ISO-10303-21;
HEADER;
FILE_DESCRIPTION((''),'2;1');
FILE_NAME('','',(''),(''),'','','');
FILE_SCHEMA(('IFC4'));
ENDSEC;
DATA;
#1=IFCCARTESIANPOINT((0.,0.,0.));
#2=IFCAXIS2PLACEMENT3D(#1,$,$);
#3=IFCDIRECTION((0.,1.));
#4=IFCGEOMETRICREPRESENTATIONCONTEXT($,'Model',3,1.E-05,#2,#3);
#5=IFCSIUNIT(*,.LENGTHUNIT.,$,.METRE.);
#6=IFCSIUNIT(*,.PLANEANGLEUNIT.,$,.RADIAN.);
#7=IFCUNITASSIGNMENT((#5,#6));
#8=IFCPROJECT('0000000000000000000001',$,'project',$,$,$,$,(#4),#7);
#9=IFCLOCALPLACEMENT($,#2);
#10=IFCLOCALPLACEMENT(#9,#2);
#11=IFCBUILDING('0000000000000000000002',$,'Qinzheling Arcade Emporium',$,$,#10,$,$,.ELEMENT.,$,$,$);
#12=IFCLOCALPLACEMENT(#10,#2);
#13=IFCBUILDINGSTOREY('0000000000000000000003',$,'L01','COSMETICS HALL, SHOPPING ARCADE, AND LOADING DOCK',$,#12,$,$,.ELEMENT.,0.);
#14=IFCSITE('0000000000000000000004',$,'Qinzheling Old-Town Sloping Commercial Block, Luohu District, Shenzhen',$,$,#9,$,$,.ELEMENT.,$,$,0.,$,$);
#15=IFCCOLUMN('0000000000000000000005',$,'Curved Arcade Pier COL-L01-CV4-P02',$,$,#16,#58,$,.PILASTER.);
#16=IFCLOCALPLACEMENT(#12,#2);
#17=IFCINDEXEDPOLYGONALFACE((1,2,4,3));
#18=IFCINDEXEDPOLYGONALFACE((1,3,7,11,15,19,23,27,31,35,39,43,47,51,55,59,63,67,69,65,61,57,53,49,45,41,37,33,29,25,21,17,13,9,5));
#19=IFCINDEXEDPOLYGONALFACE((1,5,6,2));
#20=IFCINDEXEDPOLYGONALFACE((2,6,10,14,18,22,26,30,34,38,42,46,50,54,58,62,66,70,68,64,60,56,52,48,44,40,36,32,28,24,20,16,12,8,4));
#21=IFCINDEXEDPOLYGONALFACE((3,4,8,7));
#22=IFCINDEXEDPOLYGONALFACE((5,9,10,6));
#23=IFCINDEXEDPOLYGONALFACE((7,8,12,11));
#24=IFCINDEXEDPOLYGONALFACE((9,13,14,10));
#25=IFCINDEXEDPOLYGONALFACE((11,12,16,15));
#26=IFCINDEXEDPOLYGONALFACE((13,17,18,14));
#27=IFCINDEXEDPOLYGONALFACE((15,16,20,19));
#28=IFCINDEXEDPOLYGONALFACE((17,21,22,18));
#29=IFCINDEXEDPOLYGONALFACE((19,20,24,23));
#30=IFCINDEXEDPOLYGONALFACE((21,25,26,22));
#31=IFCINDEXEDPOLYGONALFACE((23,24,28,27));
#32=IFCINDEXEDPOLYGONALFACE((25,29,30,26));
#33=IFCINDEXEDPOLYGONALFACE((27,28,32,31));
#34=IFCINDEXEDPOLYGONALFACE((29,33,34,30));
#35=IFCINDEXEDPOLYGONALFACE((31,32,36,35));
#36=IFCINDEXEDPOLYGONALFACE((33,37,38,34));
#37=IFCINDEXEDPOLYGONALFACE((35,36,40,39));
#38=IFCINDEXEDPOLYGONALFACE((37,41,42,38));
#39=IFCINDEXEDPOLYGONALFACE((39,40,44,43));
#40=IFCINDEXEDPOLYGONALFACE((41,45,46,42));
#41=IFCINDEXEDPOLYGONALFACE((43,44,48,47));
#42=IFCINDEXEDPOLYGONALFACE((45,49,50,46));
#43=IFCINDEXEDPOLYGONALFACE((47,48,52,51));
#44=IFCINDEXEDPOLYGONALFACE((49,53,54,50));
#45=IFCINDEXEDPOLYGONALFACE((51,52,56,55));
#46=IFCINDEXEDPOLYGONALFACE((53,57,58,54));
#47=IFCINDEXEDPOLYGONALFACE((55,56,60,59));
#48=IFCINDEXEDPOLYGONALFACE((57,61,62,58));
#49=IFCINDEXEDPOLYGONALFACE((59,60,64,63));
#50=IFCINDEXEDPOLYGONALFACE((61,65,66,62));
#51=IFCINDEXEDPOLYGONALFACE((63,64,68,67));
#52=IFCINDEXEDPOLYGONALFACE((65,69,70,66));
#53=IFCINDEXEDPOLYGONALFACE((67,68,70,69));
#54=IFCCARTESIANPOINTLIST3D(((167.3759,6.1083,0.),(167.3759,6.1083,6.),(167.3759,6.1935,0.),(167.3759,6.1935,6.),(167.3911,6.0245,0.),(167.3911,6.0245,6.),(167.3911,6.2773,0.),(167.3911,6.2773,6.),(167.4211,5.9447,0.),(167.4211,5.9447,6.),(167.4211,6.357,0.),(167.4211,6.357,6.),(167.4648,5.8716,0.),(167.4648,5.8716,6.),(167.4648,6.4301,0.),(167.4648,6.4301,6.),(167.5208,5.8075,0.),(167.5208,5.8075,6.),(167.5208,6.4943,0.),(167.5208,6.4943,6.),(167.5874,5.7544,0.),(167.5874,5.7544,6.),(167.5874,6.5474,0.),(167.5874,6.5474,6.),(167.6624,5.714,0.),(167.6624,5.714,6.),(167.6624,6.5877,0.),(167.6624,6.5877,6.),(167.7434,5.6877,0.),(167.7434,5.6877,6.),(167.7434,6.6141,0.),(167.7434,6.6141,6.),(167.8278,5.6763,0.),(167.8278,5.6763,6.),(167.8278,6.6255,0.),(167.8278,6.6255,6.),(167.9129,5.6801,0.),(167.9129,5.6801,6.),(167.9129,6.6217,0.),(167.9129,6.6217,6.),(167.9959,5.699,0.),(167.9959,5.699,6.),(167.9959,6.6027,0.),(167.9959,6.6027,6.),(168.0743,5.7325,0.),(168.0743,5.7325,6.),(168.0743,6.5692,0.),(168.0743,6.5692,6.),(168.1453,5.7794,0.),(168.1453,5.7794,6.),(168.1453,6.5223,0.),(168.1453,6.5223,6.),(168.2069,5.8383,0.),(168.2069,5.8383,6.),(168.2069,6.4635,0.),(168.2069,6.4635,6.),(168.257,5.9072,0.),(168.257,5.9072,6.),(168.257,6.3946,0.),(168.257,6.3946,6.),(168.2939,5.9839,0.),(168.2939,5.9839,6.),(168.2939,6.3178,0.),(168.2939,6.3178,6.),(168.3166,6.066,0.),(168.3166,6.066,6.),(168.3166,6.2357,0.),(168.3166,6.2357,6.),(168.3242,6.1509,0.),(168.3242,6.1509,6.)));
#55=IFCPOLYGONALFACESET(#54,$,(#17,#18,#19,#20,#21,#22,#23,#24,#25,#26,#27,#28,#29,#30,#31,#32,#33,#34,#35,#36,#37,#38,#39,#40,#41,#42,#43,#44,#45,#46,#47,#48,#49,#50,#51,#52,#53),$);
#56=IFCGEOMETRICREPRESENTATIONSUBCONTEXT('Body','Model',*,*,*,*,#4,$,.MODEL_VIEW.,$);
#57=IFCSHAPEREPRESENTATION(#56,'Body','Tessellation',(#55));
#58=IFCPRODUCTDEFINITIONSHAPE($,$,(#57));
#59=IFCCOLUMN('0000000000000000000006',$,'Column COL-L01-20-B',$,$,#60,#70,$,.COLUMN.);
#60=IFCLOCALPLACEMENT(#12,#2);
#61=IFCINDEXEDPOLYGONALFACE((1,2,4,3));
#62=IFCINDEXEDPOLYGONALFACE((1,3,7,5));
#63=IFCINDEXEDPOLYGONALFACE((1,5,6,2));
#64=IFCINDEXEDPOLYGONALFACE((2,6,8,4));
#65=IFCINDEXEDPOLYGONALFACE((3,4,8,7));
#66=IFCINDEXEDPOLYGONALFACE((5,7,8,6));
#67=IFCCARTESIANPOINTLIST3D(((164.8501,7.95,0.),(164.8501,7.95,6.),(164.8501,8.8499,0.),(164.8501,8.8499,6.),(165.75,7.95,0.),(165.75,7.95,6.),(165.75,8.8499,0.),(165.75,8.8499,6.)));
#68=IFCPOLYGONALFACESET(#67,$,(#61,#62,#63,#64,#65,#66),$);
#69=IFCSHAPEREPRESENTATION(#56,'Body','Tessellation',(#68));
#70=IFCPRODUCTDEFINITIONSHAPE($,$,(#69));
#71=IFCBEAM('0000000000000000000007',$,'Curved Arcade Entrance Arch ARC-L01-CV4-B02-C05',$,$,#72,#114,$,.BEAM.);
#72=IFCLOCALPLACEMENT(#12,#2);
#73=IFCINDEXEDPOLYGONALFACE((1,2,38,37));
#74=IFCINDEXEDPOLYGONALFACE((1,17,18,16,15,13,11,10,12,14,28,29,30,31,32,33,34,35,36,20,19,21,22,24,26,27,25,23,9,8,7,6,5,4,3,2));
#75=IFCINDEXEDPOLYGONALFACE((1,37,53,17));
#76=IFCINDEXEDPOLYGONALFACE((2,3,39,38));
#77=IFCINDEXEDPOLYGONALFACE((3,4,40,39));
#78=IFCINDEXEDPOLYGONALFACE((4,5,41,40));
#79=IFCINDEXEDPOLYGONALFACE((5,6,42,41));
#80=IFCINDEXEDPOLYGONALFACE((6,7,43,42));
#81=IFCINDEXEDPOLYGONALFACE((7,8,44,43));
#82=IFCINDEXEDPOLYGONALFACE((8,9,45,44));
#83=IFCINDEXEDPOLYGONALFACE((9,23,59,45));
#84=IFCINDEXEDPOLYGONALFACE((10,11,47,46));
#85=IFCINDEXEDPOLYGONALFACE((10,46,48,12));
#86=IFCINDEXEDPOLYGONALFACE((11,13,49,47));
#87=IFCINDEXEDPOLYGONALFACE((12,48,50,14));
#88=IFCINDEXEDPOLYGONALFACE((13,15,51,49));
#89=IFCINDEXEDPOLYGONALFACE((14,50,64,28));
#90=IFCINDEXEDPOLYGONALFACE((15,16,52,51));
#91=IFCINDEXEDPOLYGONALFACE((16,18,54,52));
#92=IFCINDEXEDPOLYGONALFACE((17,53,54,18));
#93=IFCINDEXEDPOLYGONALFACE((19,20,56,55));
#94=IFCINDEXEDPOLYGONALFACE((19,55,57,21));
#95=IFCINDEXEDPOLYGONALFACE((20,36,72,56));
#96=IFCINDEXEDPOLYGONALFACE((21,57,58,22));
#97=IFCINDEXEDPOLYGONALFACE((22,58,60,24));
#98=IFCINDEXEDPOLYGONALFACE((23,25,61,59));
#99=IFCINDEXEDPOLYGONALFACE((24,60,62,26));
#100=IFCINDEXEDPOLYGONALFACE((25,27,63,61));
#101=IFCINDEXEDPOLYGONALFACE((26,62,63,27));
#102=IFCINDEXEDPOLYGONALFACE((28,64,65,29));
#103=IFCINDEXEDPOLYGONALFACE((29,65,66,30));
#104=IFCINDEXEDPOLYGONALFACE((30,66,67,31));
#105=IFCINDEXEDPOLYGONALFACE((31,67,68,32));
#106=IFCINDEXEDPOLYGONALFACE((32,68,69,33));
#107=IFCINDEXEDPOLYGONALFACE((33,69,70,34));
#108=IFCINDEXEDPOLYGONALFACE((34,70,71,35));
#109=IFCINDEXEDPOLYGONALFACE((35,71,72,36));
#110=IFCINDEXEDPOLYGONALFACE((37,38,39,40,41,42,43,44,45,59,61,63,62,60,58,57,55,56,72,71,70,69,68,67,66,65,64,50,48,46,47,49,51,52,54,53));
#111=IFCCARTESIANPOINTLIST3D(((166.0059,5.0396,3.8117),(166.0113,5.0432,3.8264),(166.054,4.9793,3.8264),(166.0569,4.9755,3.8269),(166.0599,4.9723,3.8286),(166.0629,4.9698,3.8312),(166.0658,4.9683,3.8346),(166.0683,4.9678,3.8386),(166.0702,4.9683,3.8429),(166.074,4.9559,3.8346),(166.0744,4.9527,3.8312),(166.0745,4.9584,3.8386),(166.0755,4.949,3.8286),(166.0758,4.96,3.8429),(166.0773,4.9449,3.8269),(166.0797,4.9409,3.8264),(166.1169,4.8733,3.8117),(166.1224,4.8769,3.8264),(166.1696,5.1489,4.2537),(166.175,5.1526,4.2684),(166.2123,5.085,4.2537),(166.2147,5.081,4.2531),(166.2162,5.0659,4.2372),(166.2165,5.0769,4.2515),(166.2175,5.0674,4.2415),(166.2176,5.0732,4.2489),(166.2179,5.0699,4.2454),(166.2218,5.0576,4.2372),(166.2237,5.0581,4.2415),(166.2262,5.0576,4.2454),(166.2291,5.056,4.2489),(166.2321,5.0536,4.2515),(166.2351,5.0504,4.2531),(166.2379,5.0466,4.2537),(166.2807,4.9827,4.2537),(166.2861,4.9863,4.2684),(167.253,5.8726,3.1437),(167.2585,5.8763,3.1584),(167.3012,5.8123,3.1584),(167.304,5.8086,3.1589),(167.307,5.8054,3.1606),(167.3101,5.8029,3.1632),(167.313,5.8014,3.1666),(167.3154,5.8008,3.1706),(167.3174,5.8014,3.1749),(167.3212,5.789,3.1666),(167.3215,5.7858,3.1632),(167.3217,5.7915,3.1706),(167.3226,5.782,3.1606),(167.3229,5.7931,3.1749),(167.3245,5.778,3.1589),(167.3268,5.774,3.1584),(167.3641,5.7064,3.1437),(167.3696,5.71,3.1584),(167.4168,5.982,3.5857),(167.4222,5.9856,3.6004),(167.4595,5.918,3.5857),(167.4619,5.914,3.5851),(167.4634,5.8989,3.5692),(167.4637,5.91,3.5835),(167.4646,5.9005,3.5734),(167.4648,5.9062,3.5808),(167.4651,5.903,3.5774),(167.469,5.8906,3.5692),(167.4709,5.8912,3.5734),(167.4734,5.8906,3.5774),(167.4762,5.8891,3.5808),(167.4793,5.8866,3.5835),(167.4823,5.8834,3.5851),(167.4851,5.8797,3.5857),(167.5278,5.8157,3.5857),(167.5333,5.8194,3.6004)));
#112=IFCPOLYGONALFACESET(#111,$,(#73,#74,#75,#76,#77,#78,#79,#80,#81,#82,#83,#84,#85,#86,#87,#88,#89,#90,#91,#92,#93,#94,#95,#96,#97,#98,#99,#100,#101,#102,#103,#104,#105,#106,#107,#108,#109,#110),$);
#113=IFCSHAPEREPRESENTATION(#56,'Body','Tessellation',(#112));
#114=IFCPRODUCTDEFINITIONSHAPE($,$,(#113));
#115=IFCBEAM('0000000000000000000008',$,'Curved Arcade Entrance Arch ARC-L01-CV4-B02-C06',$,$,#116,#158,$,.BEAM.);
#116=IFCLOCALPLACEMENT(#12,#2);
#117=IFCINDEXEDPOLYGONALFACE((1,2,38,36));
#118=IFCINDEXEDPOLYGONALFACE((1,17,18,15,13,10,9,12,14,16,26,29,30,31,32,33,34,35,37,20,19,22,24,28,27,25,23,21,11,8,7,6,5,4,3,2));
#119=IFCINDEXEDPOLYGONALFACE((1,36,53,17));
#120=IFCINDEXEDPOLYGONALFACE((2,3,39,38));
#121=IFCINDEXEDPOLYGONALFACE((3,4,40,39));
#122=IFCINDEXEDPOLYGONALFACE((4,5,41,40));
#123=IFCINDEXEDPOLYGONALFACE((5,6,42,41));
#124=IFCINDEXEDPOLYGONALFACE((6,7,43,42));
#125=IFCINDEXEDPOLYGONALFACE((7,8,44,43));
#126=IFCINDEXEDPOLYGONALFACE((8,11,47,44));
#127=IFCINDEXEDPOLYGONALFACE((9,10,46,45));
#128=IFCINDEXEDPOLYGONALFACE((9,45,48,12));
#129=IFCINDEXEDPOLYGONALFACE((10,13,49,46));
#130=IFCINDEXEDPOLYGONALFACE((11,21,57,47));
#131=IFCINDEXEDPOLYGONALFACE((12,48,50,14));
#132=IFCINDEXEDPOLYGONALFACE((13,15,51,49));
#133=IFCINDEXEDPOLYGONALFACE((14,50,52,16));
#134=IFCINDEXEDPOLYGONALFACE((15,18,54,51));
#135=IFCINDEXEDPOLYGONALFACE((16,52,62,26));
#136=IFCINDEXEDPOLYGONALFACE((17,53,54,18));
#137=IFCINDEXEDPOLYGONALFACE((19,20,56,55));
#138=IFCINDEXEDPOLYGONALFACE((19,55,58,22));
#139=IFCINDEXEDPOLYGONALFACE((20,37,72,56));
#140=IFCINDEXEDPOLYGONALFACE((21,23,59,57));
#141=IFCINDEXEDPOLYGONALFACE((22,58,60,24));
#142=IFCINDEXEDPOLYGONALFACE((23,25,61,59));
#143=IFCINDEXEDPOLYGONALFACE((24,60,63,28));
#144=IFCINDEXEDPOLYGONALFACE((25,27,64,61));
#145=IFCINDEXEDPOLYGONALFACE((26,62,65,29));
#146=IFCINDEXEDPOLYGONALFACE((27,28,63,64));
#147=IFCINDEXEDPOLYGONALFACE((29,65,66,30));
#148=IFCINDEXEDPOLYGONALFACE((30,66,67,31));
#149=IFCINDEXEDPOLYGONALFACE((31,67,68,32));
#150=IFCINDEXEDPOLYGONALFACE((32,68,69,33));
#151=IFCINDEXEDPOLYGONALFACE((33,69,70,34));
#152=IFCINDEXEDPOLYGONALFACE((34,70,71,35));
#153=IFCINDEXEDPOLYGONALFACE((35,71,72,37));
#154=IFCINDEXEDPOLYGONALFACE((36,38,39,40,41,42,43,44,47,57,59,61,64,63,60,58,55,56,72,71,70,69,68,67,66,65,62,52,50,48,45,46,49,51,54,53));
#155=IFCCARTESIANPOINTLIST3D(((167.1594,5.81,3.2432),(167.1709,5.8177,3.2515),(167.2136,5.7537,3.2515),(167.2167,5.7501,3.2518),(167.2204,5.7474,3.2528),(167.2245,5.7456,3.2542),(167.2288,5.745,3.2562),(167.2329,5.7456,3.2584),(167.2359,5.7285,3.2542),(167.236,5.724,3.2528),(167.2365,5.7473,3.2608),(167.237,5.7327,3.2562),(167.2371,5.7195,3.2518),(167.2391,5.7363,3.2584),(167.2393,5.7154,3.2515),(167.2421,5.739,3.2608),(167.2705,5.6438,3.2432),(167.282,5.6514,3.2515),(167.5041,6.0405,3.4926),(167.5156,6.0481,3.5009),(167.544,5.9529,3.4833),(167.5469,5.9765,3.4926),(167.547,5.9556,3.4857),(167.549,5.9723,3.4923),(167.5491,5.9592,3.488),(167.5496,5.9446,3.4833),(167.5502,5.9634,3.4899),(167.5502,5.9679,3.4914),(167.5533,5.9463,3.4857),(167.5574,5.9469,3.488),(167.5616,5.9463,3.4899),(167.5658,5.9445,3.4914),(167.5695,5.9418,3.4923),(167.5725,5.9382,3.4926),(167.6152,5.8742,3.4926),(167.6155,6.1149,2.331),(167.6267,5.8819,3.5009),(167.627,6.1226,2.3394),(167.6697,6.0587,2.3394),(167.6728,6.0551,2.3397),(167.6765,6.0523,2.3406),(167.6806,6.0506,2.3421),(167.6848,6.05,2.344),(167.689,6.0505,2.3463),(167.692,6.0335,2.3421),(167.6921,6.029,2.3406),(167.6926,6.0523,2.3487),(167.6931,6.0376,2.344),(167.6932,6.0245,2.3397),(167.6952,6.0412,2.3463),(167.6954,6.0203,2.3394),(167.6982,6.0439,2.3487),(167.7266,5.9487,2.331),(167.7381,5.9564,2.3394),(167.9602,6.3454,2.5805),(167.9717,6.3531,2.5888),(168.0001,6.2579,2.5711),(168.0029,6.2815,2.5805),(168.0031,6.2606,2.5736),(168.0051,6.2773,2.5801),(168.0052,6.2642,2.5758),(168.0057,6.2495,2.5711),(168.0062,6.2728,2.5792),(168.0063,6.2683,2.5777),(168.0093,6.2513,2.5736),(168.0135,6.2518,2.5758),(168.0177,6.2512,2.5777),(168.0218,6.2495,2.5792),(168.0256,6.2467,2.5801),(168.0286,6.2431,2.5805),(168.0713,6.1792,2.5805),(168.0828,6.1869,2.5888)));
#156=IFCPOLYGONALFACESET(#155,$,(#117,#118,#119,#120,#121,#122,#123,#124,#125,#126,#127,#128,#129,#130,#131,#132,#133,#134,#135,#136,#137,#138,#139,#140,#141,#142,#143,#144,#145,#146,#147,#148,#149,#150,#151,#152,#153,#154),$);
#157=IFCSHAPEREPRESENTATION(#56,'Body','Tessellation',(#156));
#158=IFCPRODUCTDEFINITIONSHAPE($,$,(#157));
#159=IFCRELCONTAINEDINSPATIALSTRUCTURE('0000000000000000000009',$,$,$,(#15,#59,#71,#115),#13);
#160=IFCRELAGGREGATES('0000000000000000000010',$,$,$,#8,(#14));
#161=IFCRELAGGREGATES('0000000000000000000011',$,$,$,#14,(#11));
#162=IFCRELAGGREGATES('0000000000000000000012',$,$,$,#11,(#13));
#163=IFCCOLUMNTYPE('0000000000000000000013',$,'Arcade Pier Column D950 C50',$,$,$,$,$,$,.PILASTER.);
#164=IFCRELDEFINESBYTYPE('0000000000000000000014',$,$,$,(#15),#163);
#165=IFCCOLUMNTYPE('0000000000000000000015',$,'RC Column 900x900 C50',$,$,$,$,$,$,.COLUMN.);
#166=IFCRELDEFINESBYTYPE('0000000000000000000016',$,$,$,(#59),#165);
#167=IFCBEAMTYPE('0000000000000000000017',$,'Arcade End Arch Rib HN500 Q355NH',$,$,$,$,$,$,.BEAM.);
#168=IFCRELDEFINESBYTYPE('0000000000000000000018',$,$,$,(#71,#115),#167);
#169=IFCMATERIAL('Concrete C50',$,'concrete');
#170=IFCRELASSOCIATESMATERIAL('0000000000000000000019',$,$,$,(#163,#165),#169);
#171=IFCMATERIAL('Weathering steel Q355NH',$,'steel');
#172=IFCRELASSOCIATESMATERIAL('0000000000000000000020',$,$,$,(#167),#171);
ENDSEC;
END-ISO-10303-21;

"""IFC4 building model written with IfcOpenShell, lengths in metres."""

from ifc_helpers import new_model, si_unit, direction, frame, origin, origin_2d, place, context, subcontext, project, spatial, rectangle, circle, i_section, extrude, material, material_profile, profile_set, type_object, element, save


model = new_model("IFC4")

# Units and contexts
model_context = context("Model", 3, precision=1e-05, world=origin(), true_north=direction((0.0, 1.0)))
body_context = subcontext(model_context, "Body", "Model", "MODEL_VIEW")
ifc_project = project(units=[si_unit("LENGTHUNIT", "METRE"), si_unit("PLANEANGLEUNIT", "RADIAN")], contexts=[model_context])

# Site, building, storey
site_placement = place(None, origin())
site = spatial("IfcSite", under=ifc_project, at=site_placement, Name="Qinzheling Old-Town Sloping Commercial Block, Luohu District, Shenzhen", CompositionType="ELEMENT", RefElevation=0.0)
building_placement = place(site_placement, origin())
building = spatial("IfcBuilding", under=site, at=building_placement, Name="Qinzheling Arcade Emporium", CompositionType="ELEMENT")
storey_placement = place(building_placement, origin())
storey = spatial("IfcBuildingStorey", under=building, at=storey_placement, Name="L01", Description="COSMETICS HALL, SHOPPING ARCADE, AND LOADING DOCK", CompositionType="ELEMENT", Elevation=0.0)

# Columns
ifc_material_1 = material(Name="Concrete C50", Category="concrete")
ifc_material_profile_1 = material_profile(ifc_material_1, circle(Radius=0.4751, at=origin_2d()), Name="RC D950", Category="concrete")
ifc_profile_set_1 = profile_set([ifc_material_profile_1], Name="Concrete C50")
column_type_1 = type_object("IfcColumnType", Name="Arcade Pier Column D950 C50", PredefinedType="PILASTER", material=ifc_profile_set_1)
column_1_placement = place(storey_placement, frame((167.8491, 6.1509, 0.0), z_axis=(0.0, 0.0, 1.0), x_axis=(1.0, 0.0, 0.0)))
element("IfcColumn", 1, at=column_1_placement, inside=storey, type_object=column_type_1, Name="Curved Arcade Pier COL-L01-CV4-P02", PredefinedType="PILASTER", context=body_context, shape_type="SweptSolid", body=[
    extrude(circle(Radius=0.4751, at=origin_2d()), origin(), (0.0, 0.0, 1.0), 6.0),
])
ifc_material_profile_2 = material_profile(ifc_material_1, rectangle(XDim=0.8999, YDim=0.8999, at=origin_2d()), Name="RC 900x900", Category="concrete")
ifc_profile_set_2 = profile_set([ifc_material_profile_2], Name="Concrete C50")
column_type_2 = type_object("IfcColumnType", Name="RC Column 900x900 C50", PredefinedType="COLUMN", material=ifc_profile_set_2)
column_2_placement = place(storey_placement, frame((165.3, 8.3999, 0.0), z_axis=(0.0, 0.0, 1.0), x_axis=(1.0, 0.0, 0.0)))
element("IfcColumn", 2, at=column_2_placement, inside=storey, type_object=column_type_2, Name="Column COL-L01-20-B", PredefinedType="COLUMN", context=body_context, shape_type="SweptSolid", body=[
    extrude(rectangle(XDim=0.8999, YDim=0.8999, at=origin_2d()), origin(), (0.0, 0.0, 1.0), 6.0),
])

# Beams
ifc_material_2 = material(Name="Weathering steel Q355NH", Category="steel")
ifc_material_profile_3 = material_profile(ifc_material_2, i_section(OverallWidth=0.2, OverallDepth=0.5, WebThickness=0.01, FlangeThickness=0.0161, FilletRadius=0.0181, at=origin_2d()), Name="HN 500x200x10x16", Category="steel")
ifc_profile_set_3 = profile_set([ifc_material_profile_3], Name="Weathering steel Q355NH")
beam_type_1 = type_object("IfcBeamType", Name="Arcade End Arch Rib HN500 Q355NH", PredefinedType="BEAM", material=ifc_profile_set_3)
beam_1_placement = place(storey_placement, frame((166.146, 5.0129, 4.04), z_axis=(0.759609, 0.507397, -0.406869), x_axis=(-0.555451, 0.831549, 0.0)))
element("IfcBeam", 3, at=beam_1_placement, inside=storey, type_object=beam_type_1, Name="Curved Arcade Entrance Arch ARC-L01-CV4-B02-C05", PredefinedType="BEAM", context=body_context, shape_type="SweptSolid", body=[
    extrude(i_section(OverallWidth=0.2, OverallDepth=0.5, WebThickness=0.01, FlangeThickness=0.0161, FilletRadius=0.0181, at=origin_2d()), origin(), (0.0, 0.0, 1.0), 1.6418),
])
for number, where, z_axis, x_axis, name in (
    (4, (167.3931, 5.8459, 3.3721), (0.428468, 0.286487, -0.856937), (-0.555829, 0.831296, 0.0), "Curved Arcade Entrance Arch ARC-L01-CV4-B02-C06"),
):
    element("IfcBeam", number, at=place(storey_placement, frame(where, z_axis=z_axis, x_axis=x_axis)), inside=storey, type_object=beam_type_1, Name=name, PredefinedType="BEAM", context=body_context, shape_type="SweptSolid", body=[
        extrude(i_section(OverallWidth=0.2, OverallDepth=0.5, WebThickness=0.01, FlangeThickness=0.0161, FilletRadius=0.0181, at=origin_2d()), origin(), (0.0, 0.0, 1.0), 1.0645),
    ])

save(model, "model.ifc")
